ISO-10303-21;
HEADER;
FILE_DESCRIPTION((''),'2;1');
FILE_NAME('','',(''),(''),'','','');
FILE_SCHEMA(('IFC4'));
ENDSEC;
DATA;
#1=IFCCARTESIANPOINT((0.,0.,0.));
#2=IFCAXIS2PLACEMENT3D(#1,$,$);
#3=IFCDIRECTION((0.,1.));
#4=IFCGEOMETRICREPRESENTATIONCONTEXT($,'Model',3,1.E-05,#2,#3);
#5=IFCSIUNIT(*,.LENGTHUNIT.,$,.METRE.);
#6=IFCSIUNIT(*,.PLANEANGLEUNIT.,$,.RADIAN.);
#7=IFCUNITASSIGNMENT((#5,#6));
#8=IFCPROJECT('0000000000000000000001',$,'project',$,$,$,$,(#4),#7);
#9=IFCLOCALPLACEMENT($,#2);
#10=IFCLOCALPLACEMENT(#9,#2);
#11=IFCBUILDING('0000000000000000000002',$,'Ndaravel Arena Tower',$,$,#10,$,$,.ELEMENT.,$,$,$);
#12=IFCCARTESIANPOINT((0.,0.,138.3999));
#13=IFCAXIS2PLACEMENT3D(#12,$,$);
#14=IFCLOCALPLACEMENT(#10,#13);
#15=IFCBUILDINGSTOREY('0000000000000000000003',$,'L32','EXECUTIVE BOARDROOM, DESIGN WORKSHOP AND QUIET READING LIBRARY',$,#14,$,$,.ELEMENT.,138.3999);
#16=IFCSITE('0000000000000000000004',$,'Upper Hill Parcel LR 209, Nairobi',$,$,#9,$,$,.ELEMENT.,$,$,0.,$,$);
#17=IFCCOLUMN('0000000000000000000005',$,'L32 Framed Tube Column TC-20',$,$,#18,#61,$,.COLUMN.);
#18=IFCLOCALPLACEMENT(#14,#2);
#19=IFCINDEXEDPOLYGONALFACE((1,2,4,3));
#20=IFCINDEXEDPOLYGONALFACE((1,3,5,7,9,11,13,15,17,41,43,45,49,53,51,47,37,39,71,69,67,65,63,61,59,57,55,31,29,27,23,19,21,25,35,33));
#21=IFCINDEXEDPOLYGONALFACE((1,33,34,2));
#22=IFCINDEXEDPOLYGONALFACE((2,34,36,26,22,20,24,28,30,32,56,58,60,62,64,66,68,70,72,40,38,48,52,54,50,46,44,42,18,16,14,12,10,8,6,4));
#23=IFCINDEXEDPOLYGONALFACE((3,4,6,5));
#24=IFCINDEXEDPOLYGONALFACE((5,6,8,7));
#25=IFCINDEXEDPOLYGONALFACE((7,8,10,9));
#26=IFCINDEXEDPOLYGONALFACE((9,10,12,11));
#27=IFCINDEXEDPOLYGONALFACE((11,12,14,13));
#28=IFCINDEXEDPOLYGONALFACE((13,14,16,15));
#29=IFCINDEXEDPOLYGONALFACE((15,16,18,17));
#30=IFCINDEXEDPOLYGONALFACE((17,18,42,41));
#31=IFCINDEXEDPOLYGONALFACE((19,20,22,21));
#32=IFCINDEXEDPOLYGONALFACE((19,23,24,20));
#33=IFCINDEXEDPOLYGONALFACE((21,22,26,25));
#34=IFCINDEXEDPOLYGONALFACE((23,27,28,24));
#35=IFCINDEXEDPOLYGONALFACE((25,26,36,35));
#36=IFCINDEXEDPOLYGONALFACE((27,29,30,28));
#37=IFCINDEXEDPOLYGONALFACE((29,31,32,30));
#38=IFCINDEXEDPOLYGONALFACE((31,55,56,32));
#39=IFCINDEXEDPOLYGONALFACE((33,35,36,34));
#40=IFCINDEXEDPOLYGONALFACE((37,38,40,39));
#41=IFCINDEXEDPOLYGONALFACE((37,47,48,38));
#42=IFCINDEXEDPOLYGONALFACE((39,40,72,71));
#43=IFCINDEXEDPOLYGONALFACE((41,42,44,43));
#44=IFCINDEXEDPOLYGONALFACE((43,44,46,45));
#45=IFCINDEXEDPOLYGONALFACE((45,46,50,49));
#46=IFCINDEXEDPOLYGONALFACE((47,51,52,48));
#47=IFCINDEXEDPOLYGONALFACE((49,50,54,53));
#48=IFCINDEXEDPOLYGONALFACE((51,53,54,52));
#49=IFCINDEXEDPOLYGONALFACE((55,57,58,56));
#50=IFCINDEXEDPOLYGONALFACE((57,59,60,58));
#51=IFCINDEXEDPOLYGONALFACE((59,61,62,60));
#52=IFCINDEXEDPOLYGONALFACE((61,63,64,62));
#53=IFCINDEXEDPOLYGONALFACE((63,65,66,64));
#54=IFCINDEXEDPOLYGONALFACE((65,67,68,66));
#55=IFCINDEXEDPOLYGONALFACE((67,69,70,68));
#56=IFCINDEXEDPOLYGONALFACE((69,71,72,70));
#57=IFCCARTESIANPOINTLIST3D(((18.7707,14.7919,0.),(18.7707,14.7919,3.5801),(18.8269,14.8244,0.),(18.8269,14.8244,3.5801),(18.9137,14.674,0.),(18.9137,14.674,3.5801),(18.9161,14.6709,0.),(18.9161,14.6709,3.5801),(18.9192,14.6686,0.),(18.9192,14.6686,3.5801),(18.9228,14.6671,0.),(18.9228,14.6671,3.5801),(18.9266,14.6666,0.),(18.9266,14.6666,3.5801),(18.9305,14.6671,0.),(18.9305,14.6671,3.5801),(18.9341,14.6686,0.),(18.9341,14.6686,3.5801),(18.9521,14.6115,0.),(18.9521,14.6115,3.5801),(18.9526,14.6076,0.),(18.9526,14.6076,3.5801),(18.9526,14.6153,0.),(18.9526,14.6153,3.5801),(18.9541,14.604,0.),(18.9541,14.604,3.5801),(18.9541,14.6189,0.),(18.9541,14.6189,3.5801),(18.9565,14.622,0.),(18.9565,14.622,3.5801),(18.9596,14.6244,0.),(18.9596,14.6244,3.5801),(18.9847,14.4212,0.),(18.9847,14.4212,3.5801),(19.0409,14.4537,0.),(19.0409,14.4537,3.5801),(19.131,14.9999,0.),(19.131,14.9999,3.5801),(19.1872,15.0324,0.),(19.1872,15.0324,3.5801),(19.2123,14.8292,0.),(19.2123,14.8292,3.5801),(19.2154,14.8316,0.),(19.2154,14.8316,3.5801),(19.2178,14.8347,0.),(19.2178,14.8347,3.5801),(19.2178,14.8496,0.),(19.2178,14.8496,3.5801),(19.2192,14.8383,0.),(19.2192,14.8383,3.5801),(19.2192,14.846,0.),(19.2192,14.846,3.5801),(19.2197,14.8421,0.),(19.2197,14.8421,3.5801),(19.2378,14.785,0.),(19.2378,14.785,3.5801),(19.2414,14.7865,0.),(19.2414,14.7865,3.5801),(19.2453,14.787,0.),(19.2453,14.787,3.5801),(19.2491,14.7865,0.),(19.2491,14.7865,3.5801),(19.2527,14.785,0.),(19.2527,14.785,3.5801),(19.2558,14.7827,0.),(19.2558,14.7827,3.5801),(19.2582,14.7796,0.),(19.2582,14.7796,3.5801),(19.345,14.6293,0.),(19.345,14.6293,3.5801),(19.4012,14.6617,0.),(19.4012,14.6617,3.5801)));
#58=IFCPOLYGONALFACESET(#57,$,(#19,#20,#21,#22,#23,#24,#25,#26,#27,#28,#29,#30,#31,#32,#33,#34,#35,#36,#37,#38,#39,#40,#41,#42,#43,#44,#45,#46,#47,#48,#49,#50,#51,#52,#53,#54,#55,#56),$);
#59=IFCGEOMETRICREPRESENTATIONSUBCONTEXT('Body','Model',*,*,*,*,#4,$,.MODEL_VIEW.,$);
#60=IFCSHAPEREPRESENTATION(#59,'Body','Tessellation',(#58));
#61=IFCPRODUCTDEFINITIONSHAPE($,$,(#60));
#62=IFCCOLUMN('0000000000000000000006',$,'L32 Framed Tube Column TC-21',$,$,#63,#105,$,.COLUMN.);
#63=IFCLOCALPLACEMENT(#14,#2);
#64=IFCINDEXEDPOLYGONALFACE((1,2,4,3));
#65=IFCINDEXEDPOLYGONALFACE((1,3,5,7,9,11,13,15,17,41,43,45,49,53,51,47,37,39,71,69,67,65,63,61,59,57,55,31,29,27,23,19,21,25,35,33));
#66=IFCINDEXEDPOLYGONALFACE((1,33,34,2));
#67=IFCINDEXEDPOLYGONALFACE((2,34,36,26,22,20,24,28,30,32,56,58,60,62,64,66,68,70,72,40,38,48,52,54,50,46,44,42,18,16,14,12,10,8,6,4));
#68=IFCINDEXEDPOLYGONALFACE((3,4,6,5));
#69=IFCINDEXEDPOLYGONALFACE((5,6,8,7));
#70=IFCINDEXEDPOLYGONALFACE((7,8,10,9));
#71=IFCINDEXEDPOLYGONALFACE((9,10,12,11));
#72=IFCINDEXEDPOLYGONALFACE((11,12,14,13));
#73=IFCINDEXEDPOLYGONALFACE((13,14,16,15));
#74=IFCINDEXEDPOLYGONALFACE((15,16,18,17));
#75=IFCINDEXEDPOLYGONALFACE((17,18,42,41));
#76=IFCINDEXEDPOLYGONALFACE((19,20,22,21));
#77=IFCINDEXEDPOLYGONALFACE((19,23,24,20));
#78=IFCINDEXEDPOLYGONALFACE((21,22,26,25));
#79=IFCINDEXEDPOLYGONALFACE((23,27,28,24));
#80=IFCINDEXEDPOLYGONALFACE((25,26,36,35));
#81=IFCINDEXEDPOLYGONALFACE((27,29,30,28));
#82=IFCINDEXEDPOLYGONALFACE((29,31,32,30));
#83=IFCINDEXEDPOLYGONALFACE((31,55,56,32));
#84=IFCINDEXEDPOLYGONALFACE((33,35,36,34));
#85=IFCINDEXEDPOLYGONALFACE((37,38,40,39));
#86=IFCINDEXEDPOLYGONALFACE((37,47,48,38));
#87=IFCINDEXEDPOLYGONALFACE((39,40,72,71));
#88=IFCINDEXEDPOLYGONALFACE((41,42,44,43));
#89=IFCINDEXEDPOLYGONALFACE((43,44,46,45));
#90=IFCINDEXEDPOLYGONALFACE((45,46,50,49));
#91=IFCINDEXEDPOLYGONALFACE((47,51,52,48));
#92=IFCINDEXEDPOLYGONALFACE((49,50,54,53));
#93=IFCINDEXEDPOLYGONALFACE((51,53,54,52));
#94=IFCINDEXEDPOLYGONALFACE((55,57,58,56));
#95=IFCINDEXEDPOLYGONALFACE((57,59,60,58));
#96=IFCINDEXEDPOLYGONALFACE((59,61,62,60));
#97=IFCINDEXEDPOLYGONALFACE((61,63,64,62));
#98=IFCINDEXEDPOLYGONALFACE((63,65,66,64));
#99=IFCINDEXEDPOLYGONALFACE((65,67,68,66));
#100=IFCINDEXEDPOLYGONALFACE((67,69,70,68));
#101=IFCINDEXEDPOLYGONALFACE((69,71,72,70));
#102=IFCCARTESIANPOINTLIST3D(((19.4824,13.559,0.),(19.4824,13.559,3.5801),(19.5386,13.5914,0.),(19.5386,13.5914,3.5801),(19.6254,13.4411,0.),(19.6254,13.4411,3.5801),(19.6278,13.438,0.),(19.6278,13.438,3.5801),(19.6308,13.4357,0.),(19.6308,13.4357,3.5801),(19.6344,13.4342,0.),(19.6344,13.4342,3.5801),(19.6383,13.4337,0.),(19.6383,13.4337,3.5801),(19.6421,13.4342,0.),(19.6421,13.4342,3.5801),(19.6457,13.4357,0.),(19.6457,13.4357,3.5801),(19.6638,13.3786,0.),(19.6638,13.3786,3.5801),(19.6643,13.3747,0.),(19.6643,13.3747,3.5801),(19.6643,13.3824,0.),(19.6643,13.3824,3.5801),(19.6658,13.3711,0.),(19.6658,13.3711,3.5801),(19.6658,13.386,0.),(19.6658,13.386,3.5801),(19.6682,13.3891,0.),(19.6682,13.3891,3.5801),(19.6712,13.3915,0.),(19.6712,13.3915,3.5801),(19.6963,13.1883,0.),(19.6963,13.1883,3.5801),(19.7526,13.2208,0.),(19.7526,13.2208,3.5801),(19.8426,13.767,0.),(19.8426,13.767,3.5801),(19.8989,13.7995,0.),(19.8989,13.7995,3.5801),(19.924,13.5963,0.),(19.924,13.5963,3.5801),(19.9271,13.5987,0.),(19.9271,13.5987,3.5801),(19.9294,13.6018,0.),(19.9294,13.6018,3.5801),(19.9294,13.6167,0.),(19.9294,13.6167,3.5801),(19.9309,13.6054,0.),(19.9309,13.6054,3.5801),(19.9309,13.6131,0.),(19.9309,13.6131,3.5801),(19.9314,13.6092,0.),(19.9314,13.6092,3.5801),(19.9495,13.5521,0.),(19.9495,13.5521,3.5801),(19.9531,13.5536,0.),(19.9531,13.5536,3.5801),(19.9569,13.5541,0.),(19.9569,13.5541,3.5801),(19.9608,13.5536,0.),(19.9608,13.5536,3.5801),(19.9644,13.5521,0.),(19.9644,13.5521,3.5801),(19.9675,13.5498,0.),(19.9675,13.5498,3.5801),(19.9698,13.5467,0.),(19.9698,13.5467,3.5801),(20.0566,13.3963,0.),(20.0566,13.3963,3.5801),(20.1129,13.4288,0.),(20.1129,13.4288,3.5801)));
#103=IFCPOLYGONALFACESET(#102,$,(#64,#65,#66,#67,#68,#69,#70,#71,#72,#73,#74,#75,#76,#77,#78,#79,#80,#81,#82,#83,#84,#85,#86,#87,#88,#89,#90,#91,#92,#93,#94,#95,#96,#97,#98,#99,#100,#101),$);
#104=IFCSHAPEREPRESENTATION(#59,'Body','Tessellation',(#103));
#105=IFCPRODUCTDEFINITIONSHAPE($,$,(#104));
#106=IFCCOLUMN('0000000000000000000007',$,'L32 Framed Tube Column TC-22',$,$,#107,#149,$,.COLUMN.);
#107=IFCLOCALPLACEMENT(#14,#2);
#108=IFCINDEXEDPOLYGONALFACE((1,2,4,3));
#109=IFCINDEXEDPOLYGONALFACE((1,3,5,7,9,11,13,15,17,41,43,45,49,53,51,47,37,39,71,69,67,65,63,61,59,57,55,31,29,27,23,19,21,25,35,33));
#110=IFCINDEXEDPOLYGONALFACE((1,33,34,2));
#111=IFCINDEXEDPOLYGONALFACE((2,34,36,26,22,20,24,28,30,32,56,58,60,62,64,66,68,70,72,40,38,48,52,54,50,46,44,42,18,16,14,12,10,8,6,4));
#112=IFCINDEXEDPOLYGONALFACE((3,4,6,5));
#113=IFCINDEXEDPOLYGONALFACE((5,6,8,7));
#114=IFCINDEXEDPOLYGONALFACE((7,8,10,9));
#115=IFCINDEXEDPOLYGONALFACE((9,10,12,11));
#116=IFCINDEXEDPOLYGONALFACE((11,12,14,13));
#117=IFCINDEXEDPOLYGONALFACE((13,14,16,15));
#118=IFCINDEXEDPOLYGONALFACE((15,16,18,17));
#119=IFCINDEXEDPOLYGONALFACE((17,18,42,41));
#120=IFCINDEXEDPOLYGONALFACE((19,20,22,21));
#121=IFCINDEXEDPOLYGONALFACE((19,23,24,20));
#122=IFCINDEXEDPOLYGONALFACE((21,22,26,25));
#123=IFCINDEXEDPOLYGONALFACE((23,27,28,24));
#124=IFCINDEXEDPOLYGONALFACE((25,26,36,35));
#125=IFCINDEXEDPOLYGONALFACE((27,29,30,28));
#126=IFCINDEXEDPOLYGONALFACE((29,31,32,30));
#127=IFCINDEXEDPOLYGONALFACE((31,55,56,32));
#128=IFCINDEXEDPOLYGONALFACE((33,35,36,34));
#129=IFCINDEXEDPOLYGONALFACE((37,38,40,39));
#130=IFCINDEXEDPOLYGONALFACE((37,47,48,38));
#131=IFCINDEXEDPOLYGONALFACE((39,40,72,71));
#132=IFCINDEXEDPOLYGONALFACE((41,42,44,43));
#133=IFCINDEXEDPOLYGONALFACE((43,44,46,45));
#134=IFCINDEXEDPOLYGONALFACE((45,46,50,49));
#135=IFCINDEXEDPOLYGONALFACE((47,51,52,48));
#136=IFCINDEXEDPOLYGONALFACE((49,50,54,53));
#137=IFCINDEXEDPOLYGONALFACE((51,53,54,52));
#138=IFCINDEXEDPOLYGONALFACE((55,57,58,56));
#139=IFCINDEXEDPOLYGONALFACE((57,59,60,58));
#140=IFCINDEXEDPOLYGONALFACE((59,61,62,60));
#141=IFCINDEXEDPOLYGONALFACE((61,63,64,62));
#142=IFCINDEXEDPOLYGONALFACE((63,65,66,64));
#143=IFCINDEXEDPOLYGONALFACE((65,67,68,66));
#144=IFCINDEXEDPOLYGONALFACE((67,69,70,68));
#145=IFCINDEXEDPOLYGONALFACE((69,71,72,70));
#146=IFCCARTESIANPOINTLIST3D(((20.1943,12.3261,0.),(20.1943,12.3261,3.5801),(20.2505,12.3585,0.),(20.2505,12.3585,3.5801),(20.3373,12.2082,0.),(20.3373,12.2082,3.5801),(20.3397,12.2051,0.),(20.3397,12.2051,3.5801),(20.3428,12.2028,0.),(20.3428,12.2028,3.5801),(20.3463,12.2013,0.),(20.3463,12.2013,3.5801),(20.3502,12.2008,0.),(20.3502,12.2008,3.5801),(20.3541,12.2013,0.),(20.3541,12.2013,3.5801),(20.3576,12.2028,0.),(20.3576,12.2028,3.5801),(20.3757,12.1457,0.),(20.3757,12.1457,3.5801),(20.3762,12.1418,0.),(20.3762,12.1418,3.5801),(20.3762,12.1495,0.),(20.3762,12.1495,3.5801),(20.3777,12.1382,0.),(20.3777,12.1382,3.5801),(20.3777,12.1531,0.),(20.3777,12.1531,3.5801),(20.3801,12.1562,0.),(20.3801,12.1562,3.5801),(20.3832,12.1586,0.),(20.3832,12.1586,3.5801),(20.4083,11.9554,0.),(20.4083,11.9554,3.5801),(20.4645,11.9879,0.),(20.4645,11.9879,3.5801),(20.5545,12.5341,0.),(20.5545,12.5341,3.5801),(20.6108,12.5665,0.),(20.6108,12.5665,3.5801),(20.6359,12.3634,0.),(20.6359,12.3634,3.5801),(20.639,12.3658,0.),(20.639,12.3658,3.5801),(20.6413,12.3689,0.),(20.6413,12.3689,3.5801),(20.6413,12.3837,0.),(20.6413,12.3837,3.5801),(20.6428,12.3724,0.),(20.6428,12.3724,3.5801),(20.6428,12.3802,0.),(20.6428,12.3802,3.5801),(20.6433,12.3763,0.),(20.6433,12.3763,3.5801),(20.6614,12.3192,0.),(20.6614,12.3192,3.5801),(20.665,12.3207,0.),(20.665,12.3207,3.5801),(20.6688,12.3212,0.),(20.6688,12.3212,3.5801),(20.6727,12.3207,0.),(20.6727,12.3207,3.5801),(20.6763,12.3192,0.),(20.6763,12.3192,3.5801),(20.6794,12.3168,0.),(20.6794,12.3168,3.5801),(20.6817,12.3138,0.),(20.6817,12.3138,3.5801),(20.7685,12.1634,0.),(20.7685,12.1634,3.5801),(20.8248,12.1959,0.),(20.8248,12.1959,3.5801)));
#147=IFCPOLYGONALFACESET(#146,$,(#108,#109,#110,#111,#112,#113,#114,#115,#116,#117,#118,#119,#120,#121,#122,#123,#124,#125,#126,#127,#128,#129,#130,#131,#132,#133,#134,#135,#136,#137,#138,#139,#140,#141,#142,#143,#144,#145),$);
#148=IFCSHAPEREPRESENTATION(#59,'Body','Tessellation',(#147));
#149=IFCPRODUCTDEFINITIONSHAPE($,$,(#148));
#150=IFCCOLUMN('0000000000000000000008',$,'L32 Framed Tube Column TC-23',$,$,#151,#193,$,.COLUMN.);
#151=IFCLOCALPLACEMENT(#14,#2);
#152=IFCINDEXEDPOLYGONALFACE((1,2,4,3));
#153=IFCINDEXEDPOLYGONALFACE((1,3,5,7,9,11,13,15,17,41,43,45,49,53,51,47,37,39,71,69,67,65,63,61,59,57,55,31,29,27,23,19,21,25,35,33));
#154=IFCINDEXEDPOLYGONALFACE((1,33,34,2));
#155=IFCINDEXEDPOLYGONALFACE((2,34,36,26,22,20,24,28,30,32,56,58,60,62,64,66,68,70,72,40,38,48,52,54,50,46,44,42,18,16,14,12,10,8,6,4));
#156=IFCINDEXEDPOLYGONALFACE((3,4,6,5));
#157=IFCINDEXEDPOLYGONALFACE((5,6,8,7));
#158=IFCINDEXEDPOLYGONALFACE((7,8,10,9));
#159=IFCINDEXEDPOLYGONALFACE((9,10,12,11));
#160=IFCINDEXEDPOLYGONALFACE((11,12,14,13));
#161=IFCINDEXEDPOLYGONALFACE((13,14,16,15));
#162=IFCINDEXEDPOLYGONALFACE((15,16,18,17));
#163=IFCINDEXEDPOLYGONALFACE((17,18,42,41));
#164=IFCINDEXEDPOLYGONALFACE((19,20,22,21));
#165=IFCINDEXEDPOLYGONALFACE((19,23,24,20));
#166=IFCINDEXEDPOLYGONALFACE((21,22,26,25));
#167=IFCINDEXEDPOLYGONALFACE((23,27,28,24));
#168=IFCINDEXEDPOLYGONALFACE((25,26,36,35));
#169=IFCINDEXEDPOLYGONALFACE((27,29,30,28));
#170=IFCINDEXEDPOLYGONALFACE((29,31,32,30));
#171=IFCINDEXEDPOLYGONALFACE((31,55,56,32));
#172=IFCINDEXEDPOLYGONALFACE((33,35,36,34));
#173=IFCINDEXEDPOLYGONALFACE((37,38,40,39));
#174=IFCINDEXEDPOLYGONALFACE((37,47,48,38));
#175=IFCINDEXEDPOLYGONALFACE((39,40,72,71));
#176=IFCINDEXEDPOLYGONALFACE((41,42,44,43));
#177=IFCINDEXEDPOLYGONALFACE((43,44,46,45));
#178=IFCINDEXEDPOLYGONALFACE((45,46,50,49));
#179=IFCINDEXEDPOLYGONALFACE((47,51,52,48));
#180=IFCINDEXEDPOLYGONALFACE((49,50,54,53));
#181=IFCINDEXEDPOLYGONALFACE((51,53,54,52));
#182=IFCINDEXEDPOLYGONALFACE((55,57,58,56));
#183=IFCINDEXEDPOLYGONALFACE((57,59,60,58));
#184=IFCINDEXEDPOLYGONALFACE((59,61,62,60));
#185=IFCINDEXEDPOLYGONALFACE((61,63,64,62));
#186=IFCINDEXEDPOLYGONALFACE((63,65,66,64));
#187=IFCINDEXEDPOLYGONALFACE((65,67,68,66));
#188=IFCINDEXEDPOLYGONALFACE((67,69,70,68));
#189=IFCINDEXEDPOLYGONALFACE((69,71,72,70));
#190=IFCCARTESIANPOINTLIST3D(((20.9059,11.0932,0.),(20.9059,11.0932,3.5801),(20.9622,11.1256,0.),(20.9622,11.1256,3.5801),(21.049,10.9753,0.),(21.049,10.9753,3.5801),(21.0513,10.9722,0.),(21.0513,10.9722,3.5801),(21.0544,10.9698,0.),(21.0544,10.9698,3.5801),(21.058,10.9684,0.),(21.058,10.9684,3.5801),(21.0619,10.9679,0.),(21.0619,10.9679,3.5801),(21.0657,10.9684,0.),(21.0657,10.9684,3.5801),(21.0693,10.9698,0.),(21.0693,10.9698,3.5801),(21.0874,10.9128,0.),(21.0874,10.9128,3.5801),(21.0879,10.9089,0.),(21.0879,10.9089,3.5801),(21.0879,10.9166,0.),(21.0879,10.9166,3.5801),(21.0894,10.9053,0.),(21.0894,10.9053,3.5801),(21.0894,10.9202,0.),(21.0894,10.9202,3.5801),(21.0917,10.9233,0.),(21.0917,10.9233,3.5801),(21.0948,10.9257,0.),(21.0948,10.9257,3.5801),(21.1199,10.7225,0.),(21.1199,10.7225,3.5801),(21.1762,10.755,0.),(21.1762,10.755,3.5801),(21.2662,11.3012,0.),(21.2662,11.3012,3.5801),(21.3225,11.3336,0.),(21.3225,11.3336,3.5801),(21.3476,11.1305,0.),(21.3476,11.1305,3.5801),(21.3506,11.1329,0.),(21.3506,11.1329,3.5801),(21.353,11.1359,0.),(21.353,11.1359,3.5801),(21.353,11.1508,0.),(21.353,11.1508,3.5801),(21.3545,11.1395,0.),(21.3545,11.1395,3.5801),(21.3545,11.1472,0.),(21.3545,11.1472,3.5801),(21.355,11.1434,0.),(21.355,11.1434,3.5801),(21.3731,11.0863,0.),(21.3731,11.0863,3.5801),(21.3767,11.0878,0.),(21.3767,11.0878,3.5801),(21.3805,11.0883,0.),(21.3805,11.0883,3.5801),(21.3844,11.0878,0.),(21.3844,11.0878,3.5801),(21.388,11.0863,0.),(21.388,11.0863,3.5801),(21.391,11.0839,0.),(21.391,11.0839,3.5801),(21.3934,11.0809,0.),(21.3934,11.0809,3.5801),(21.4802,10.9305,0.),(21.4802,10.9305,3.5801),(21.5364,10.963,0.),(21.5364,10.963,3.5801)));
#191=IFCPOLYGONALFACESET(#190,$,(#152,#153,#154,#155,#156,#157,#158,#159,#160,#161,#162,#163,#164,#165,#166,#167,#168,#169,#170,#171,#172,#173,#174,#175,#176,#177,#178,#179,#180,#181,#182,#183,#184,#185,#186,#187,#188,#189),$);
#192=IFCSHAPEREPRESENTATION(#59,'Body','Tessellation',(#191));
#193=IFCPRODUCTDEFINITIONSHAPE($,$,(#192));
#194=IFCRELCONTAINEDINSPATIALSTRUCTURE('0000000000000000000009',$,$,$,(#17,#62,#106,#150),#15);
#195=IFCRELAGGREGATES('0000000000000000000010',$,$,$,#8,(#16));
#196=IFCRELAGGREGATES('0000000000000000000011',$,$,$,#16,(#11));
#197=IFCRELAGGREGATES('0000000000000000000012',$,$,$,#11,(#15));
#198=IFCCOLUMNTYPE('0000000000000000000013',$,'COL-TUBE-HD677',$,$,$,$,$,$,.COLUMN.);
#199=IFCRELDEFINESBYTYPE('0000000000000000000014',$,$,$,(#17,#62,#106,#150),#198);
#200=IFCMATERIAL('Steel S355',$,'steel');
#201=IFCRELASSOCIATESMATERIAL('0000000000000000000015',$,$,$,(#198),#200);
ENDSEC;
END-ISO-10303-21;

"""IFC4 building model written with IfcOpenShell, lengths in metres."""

from ifc_helpers import new_model, si_unit, direction, frame, origin, origin_2d, place, context, subcontext, project, spatial, i_section, extrude, material, material_profile, profile_set, type_object, element, save


model = new_model("IFC4")

# Units and contexts
model_context = context("Model", 3, precision=1e-05, world=origin(), true_north=direction((0.0, 1.0)))
body_context = subcontext(model_context, "Body", "Model", "MODEL_VIEW")
ifc_project = project(units=[si_unit("LENGTHUNIT", "METRE"), si_unit("PLANEANGLEUNIT", "RADIAN")], contexts=[model_context])

# Site, building, storey
site_placement = place(None, origin())
site = spatial("IfcSite", under=ifc_project, at=site_placement, Name="Upper Hill Parcel LR 209, Nairobi", CompositionType="ELEMENT", RefElevation=0.0)
building_placement = place(site_placement, origin())
building = spatial("IfcBuilding", under=site, at=building_placement, Name="Ndaravel Arena Tower", CompositionType="ELEMENT")
storey_placement = place(building_placement, frame((0.0, 0.0, 138.3999)))
storey = spatial("IfcBuildingStorey", under=building, at=storey_placement, Name="L32", Description="EXECUTIVE BOARDROOM, DESIGN WORKSHOP AND QUIET READING LIBRARY", CompositionType="ELEMENT", Elevation=138.3999)

# Columns
ifc_material_1 = material(Name="Steel S355", Category="steel")
ifc_material_profile_1 = material_profile(ifc_material_1, i_section(OverallWidth=0.428, OverallDepth=0.481, WebThickness=0.051, FlangeThickness=0.0649, FilletRadius=0.0149, at=origin_2d()), Name="HD 400x677")
ifc_profile_set_1 = profile_set([ifc_material_profile_1], Name="Steel S355")
column_type = type_object("IfcColumnType", Name="COL-TUBE-HD677", PredefinedType="COLUMN", material=ifc_profile_set_1)
for number, where, z_axis, x_axis, name in (
    (1, (19.0859, 14.7268, 0.0), (0.0, 0.0, 1.0), (-0.5, 0.866025, 0.0), "L32 Framed Tube Column TC-20"),
    (2, (19.7976, 13.4939, 0.0), (0.0, 0.0, 1.0), (-0.5, 0.866025, 0.0), "L32 Framed Tube Column TC-21"),
    (3, (20.5095, 12.261, 0.0), (0.0, 0.0, 1.0), (-0.5, 0.866025, 0.0), "L32 Framed Tube Column TC-22"),
    (4, (21.2212, 11.0281, 0.0), (0.0, 0.0, 1.0), (-0.5, 0.866025, 0.0), "L32 Framed Tube Column TC-23"),
):
    element("IfcColumn", number, at=place(storey_placement, frame(where, z_axis=z_axis, x_axis=x_axis)), inside=storey, type_object=column_type, Name=name, PredefinedType="COLUMN", context=body_context, shape_type="SweptSolid", body=[
        extrude(i_section(OverallWidth=0.428, OverallDepth=0.481, WebThickness=0.051, FlangeThickness=0.0649, FilletRadius=0.0149, at=origin_2d()), origin(), (0.0, 0.0, 1.0), 3.5801),
    ])

save(model, "model.ifc")
